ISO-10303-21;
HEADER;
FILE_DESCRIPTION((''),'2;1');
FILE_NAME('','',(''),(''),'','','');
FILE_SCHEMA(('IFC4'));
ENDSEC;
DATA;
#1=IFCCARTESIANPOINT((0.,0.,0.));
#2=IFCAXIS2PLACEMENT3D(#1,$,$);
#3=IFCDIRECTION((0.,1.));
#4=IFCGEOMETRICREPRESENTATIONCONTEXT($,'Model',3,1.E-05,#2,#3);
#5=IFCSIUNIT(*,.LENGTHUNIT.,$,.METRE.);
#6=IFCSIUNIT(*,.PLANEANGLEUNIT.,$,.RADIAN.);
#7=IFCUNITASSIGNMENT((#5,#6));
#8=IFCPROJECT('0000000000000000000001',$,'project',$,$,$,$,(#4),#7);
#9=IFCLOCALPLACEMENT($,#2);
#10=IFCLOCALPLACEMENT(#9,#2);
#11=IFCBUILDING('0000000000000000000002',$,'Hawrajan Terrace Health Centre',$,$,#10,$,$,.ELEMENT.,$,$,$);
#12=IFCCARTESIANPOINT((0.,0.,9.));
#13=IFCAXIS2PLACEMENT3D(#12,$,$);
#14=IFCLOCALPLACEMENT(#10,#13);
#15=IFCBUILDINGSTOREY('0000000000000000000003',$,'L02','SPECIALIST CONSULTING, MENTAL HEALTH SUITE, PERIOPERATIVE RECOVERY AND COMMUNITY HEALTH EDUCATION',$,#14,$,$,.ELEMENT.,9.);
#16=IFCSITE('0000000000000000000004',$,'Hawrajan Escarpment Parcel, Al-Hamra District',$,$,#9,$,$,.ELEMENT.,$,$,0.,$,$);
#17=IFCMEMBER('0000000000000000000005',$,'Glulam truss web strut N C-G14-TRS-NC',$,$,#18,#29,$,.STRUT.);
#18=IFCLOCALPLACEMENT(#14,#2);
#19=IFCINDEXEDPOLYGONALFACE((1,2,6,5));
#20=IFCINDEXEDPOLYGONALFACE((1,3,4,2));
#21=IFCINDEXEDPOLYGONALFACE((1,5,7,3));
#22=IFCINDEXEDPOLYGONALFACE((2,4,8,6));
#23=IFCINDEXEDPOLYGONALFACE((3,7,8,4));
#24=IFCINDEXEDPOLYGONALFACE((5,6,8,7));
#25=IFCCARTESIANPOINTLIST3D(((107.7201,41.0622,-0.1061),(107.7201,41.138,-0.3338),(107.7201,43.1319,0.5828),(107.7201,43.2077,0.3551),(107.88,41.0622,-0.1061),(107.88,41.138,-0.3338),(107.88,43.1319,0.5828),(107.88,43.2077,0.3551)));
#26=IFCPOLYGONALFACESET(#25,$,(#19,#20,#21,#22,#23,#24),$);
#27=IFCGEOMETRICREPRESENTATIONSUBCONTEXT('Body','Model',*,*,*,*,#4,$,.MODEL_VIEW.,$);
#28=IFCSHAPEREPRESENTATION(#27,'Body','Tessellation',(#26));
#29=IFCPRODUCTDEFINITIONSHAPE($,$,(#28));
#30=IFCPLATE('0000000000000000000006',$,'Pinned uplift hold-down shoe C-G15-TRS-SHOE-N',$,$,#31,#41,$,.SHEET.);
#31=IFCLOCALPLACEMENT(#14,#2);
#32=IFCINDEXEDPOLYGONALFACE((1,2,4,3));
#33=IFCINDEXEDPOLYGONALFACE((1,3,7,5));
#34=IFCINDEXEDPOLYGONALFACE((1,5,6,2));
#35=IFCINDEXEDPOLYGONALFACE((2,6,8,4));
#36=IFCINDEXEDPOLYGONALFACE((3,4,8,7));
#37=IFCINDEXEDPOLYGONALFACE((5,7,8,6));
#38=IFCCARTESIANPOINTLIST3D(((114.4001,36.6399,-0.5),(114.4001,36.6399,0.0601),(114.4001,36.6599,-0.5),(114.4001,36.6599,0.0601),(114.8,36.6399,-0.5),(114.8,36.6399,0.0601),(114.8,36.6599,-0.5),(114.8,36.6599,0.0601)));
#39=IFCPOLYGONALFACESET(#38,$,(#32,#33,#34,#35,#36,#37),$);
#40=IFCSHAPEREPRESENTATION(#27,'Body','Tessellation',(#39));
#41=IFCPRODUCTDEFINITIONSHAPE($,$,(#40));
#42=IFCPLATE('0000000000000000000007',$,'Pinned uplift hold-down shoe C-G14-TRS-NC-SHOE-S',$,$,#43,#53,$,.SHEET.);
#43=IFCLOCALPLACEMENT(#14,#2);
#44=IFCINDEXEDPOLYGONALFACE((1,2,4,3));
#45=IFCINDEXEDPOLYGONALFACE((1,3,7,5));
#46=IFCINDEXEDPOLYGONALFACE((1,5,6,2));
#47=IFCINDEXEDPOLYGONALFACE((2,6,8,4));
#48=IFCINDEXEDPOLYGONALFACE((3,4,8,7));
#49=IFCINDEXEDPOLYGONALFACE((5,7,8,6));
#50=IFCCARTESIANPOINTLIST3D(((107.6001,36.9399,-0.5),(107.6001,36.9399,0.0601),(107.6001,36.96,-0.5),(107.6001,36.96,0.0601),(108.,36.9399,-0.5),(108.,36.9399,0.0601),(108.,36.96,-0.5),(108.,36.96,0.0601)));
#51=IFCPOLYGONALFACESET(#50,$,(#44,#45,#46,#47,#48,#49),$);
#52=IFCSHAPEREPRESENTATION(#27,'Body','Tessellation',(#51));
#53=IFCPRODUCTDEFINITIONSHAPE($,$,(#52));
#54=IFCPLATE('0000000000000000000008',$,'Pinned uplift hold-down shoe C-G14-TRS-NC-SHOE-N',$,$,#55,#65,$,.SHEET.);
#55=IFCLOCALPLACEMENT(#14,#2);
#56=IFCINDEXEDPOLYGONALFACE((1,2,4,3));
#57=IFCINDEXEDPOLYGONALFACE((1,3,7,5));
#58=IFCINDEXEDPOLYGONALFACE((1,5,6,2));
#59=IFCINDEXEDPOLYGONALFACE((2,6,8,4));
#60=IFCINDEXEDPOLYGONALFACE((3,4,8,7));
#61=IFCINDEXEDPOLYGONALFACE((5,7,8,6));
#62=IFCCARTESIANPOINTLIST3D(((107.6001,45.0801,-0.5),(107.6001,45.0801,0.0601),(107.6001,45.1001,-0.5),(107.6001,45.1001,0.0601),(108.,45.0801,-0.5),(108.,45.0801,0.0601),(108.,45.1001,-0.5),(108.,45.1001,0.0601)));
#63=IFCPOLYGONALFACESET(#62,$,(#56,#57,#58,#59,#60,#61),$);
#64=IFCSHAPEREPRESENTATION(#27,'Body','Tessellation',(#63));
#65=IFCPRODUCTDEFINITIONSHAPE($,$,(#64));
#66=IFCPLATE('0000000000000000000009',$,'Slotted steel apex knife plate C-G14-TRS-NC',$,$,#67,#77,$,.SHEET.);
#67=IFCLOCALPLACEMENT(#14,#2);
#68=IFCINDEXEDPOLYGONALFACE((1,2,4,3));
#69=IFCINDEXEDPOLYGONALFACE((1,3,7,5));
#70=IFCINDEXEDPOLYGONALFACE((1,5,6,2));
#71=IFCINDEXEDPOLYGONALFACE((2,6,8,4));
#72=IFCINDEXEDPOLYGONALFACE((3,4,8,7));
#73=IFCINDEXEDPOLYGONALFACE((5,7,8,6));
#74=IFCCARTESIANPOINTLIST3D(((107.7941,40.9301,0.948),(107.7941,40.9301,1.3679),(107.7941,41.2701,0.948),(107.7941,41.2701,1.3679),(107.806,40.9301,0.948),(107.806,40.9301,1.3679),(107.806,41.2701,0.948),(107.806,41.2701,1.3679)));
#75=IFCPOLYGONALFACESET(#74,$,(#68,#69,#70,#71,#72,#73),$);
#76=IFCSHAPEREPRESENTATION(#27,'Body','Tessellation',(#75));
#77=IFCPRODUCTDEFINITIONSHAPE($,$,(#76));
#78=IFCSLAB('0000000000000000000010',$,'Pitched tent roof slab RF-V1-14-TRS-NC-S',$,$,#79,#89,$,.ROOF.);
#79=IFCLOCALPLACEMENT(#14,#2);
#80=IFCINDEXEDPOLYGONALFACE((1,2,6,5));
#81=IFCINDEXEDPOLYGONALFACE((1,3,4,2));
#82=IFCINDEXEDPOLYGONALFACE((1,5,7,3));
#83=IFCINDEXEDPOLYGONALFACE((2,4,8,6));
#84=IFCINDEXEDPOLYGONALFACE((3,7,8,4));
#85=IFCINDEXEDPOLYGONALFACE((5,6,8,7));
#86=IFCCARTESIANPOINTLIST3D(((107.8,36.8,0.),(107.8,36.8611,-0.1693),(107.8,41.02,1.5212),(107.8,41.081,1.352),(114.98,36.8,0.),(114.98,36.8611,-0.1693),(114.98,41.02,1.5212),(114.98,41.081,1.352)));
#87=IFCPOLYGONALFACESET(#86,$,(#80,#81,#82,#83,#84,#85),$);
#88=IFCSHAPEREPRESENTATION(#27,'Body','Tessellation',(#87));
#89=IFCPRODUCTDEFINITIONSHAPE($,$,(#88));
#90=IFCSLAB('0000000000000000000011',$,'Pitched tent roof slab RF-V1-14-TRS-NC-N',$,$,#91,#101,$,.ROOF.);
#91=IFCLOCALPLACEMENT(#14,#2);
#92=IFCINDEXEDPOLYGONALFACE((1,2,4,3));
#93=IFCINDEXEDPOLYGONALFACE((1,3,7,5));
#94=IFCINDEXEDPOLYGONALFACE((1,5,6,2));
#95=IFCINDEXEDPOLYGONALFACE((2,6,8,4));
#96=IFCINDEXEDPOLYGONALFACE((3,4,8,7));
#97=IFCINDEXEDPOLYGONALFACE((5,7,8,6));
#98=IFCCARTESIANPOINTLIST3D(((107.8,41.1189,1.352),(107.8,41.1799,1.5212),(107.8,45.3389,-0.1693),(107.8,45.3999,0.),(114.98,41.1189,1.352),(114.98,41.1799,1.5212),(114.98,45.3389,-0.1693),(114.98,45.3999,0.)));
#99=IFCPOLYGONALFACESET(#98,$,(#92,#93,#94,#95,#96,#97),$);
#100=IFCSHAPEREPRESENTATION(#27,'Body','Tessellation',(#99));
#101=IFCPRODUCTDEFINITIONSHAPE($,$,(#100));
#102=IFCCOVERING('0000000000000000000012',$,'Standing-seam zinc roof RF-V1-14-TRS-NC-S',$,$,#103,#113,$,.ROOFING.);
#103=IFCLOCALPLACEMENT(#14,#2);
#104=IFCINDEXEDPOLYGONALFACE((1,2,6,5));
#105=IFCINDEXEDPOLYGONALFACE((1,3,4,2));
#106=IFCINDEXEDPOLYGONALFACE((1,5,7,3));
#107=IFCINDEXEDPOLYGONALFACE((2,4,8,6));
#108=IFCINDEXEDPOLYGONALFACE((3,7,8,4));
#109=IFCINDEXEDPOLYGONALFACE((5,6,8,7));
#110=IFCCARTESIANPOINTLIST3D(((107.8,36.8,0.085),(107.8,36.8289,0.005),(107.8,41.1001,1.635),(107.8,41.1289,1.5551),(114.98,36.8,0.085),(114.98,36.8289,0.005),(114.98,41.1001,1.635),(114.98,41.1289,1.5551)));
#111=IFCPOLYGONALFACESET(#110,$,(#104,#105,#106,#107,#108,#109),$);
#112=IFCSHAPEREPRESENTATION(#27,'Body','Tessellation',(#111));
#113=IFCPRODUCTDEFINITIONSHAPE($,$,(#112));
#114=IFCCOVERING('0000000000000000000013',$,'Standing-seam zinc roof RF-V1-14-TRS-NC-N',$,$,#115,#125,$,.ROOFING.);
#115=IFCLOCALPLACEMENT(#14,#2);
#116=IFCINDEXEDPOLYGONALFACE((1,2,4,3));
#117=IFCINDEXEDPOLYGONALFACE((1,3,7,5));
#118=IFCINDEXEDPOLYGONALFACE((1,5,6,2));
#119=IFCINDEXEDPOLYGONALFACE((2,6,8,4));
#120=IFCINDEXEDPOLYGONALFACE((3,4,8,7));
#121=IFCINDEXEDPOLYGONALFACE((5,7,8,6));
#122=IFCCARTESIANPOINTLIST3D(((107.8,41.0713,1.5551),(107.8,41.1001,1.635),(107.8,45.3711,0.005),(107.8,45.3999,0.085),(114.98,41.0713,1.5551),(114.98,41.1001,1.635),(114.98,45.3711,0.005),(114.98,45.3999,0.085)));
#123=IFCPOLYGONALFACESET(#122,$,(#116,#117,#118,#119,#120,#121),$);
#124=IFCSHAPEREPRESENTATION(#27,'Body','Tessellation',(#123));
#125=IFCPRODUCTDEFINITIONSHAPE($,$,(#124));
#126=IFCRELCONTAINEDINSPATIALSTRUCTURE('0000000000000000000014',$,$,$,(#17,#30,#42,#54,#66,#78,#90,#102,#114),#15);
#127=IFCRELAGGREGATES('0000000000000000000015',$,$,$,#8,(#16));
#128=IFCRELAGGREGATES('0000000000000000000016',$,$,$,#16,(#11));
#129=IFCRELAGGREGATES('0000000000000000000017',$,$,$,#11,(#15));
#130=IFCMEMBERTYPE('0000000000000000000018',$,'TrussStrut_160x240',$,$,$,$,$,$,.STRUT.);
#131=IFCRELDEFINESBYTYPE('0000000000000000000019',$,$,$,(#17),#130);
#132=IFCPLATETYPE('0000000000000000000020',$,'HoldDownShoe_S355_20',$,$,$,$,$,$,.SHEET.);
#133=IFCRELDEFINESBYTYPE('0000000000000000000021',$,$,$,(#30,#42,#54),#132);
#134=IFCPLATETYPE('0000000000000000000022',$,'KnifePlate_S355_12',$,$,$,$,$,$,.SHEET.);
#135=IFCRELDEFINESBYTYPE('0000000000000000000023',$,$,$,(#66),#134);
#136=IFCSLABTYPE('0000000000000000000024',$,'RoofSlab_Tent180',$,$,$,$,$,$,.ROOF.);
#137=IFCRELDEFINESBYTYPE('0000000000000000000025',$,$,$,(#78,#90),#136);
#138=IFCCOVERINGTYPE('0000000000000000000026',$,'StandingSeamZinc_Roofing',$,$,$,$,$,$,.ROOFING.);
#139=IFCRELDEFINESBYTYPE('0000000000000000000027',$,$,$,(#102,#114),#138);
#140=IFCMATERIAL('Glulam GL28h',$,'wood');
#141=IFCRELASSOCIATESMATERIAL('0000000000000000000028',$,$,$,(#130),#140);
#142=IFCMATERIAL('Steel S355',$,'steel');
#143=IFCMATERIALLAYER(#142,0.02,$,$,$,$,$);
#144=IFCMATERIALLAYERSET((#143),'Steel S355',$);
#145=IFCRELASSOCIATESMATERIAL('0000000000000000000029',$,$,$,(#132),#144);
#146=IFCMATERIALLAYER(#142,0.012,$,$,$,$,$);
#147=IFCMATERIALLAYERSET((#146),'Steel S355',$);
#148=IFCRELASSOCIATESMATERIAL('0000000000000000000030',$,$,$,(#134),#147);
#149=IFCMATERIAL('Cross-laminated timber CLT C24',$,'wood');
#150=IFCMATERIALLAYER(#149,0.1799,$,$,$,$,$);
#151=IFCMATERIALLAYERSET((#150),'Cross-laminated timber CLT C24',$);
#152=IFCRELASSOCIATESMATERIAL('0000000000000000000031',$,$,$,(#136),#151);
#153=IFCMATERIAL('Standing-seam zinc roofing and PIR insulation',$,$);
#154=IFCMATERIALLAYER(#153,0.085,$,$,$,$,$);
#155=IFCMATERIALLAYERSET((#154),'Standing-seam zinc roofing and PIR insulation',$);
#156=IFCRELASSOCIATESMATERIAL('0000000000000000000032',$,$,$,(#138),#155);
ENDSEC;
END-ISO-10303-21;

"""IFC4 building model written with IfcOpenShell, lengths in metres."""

from ifc_helpers import new_model, si_unit, direction, frame, origin, origin_2d, place, context, subcontext, project, spatial, polyline, rectangle, outline, extrude, material, layer, layer_set, material_profile, profile_set, type_object, element, save


model = new_model("IFC4")

# Units and contexts
model_context = context("Model", 3, precision=1e-05, world=origin(), true_north=direction((0.0, 1.0)))
body_context = subcontext(model_context, "Body", "Model", "MODEL_VIEW")
ifc_project = project(units=[si_unit("LENGTHUNIT", "METRE"), si_unit("PLANEANGLEUNIT", "RADIAN")], contexts=[model_context])

# Site, building, storey
site_placement = place(None, origin())
site = spatial("IfcSite", under=ifc_project, at=site_placement, Name="Hawrajan Escarpment Parcel, Al-Hamra District", CompositionType="ELEMENT", RefElevation=0.0)
building_placement = place(site_placement, origin())
building = spatial("IfcBuilding", under=site, at=building_placement, Name="Hawrajan Terrace Health Centre", CompositionType="ELEMENT")
storey_placement = place(building_placement, frame((0.0, 0.0, 9.0)))
storey = spatial("IfcBuildingStorey", under=building, at=storey_placement, Name="L02", Description="SPECIALIST CONSULTING, MENTAL HEALTH SUITE, PERIOPERATIVE RECOVERY AND COMMUNITY HEALTH EDUCATION", CompositionType="ELEMENT", Elevation=9.0)

# Shared definitions
ifc_material_1 = material(Name="Glulam GL28h", Category="wood")

# Shared definitions
ifc_material_2 = material(Name="Steel S355", Category="steel")

# Member
ifc_material_profile_1 = material_profile(ifc_material_1, rectangle(XDim=0.1599, YDim=0.24, at=origin_2d()), Name="GL WEB 160x240")
ifc_profile_set_1 = profile_set([ifc_material_profile_1], Name="Glulam GL28h")
member_type_1 = type_object("IfcMemberType", Name="TrussStrut_160x240", PredefinedType="STRUT", material=ifc_profile_set_1)
member_1_placement = place(storey_placement, frame((107.8, 41.1001, -0.22), z_axis=(0.0, 0.948818, 0.315825), x_axis=(-1.0, 0.0, 0.0)))
element("IfcMember", 1, at=member_1_placement, inside=storey, type_object=member_type_1, Name="Glulam truss web strut N C-G14-TRS-NC", PredefinedType="STRUT", context=body_context, shape_type="SweptSolid", body=[
    extrude(rectangle(XDim=0.1599, YDim=0.24, at=origin_2d()), origin(), (0.0, 0.0, 1.0), 2.1814),
])

# Plates
ifc_layer_1 = layer(ifc_material_2, 0.02)
ifc_layer_set_1 = layer_set([ifc_layer_1], Name="Steel S355")
plate_type_1 = type_object("IfcPlateType", Name="HoldDownShoe_S355_20", PredefinedType="SHEET", material=ifc_layer_set_1)
for number, where, z_axis, x_axis, name in (
    (2, (114.6001, 36.6499, -0.5), (0.0, 0.0, 1.0), (1.0, 0.0, 0.0), "Pinned uplift hold-down shoe C-G15-TRS-SHOE-N"),
    (3, (107.8, 36.95, -0.5), (0.0, 0.0, 1.0), (1.0, 0.0, 0.0), "Pinned uplift hold-down shoe C-G14-TRS-NC-SHOE-S"),
    (4, (107.8, 45.0901, -0.5), (0.0, 0.0, 1.0), (1.0, 0.0, 0.0), "Pinned uplift hold-down shoe C-G14-TRS-NC-SHOE-N"),
):
    element("IfcPlate", number, at=place(storey_placement, frame(where, z_axis=z_axis, x_axis=x_axis)), inside=storey, type_object=plate_type_1, Name=name, PredefinedType="SHEET", context=body_context, shape_type="SweptSolid", body=[
        extrude(rectangle(XDim=0.3999, YDim=0.02, at=origin_2d()), origin(), (0.0, 0.0, 1.0), 0.5601),
    ])
ifc_layer_2 = layer(ifc_material_2, 0.012)
ifc_layer_set_2 = layer_set([ifc_layer_2], Name="Steel S355")
plate_type_2 = type_object("IfcPlateType", Name="KnifePlate_S355_12", PredefinedType="SHEET", material=ifc_layer_set_2)
plate_placement = place(storey_placement, frame((107.8, 41.1001, 0.948), z_axis=(0.0, 0.0, 1.0), x_axis=(1.0, 0.0, 0.0)))
element("IfcPlate", 5, at=plate_placement, inside=storey, type_object=plate_type_2, Name="Slotted steel apex knife plate C-G14-TRS-NC", PredefinedType="SHEET", context=body_context, shape_type="SweptSolid", body=[
    extrude(rectangle(XDim=0.012, YDim=0.3401, at=origin_2d()), origin(), (0.0, 0.0, 1.0), 0.4199),
])

# Slabs
ifc_material_3 = material(Name="Cross-laminated timber CLT C24", Category="wood")
ifc_layer_3 = layer(ifc_material_3, 0.1799)
ifc_layer_set_3 = layer_set([ifc_layer_3], Name="Cross-laminated timber CLT C24")
slab_type = type_object("IfcSlabType", Name="RoofSlab_Tent180", PredefinedType="ROOF", material=ifc_layer_set_3)
for number, where, z_axis, x_axis, name in (
    (6, (107.8, 36.8, 0.0), (0.0, -0.339124, 0.940742), (1.0, 0.0, 0.0), "Pitched tent roof slab RF-V1-14-TRS-NC-S"),
    (7, (107.8, 41.1799, 1.5212), (0.0, 0.339124, 0.940742), (1.0, 0.0, 0.0), "Pitched tent roof slab RF-V1-14-TRS-NC-N"),
):
    element("IfcSlab", number, at=place(storey_placement, frame(where, z_axis=z_axis, x_axis=x_axis)), inside=storey, type_object=slab_type, Name=name, PredefinedType="ROOF", context=body_context, shape_type="SweptSolid", body=[
        extrude(outline(polyline([(0.0, 0.0), (7.1799, 0.0), (7.1799, 4.4858), (0.0, 4.4858), (0.0, 0.0)])), origin(), (0.0, 0.0, -1.0), 0.1799),
    ])

# Coverings
ifc_material_4 = material(Name="Standing-seam zinc roofing and PIR insulation")
ifc_layer_4 = layer(ifc_material_4, 0.085)
ifc_layer_set_4 = layer_set([ifc_layer_4], Name="Standing-seam zinc roofing and PIR insulation")
covering_type = type_object("IfcCoveringType", Name="StandingSeamZinc_Roofing", PredefinedType="ROOFING", material=ifc_layer_set_4)
covering_1_placement = place(storey_placement, frame((107.8, 36.8, 0.085), z_axis=(0.0, -0.339113, 0.940746), x_axis=(1.0, 0.0, 0.0)))
element("IfcCovering", 8, at=covering_1_placement, inside=storey, type_object=covering_type, Name="Standing-seam zinc roof RF-V1-14-TRS-NC-S", PredefinedType="ROOFING", context=body_context, shape_type="SweptSolid", body=[
    extrude(outline(polyline([(0.0, 0.0), (7.1799, 0.0), (7.1799, 4.5709), (0.0, 4.5709), (0.0, 0.0)])), origin(), (0.0, 0.0, -1.0), 0.085),
])
covering_2_placement = place(storey_placement, frame((107.8, 41.1001, 1.635), z_axis=(0.0, 0.33913, 0.94074), x_axis=(1.0, 0.0, 0.0)))
element("IfcCovering", 9, at=covering_2_placement, inside=storey, type_object=covering_type, Name="Standing-seam zinc roof RF-V1-14-TRS-NC-N", PredefinedType="ROOFING", context=body_context, shape_type="SweptSolid", body=[
    extrude(outline(polyline([(0.0, 0.0), (7.1799, 0.0), (7.1799, 4.5707), (0.0, 4.5707), (0.0, 0.0)])), origin(), (0.0, 0.0, -1.0), 0.085),
])

save(model, "model.ifc")
